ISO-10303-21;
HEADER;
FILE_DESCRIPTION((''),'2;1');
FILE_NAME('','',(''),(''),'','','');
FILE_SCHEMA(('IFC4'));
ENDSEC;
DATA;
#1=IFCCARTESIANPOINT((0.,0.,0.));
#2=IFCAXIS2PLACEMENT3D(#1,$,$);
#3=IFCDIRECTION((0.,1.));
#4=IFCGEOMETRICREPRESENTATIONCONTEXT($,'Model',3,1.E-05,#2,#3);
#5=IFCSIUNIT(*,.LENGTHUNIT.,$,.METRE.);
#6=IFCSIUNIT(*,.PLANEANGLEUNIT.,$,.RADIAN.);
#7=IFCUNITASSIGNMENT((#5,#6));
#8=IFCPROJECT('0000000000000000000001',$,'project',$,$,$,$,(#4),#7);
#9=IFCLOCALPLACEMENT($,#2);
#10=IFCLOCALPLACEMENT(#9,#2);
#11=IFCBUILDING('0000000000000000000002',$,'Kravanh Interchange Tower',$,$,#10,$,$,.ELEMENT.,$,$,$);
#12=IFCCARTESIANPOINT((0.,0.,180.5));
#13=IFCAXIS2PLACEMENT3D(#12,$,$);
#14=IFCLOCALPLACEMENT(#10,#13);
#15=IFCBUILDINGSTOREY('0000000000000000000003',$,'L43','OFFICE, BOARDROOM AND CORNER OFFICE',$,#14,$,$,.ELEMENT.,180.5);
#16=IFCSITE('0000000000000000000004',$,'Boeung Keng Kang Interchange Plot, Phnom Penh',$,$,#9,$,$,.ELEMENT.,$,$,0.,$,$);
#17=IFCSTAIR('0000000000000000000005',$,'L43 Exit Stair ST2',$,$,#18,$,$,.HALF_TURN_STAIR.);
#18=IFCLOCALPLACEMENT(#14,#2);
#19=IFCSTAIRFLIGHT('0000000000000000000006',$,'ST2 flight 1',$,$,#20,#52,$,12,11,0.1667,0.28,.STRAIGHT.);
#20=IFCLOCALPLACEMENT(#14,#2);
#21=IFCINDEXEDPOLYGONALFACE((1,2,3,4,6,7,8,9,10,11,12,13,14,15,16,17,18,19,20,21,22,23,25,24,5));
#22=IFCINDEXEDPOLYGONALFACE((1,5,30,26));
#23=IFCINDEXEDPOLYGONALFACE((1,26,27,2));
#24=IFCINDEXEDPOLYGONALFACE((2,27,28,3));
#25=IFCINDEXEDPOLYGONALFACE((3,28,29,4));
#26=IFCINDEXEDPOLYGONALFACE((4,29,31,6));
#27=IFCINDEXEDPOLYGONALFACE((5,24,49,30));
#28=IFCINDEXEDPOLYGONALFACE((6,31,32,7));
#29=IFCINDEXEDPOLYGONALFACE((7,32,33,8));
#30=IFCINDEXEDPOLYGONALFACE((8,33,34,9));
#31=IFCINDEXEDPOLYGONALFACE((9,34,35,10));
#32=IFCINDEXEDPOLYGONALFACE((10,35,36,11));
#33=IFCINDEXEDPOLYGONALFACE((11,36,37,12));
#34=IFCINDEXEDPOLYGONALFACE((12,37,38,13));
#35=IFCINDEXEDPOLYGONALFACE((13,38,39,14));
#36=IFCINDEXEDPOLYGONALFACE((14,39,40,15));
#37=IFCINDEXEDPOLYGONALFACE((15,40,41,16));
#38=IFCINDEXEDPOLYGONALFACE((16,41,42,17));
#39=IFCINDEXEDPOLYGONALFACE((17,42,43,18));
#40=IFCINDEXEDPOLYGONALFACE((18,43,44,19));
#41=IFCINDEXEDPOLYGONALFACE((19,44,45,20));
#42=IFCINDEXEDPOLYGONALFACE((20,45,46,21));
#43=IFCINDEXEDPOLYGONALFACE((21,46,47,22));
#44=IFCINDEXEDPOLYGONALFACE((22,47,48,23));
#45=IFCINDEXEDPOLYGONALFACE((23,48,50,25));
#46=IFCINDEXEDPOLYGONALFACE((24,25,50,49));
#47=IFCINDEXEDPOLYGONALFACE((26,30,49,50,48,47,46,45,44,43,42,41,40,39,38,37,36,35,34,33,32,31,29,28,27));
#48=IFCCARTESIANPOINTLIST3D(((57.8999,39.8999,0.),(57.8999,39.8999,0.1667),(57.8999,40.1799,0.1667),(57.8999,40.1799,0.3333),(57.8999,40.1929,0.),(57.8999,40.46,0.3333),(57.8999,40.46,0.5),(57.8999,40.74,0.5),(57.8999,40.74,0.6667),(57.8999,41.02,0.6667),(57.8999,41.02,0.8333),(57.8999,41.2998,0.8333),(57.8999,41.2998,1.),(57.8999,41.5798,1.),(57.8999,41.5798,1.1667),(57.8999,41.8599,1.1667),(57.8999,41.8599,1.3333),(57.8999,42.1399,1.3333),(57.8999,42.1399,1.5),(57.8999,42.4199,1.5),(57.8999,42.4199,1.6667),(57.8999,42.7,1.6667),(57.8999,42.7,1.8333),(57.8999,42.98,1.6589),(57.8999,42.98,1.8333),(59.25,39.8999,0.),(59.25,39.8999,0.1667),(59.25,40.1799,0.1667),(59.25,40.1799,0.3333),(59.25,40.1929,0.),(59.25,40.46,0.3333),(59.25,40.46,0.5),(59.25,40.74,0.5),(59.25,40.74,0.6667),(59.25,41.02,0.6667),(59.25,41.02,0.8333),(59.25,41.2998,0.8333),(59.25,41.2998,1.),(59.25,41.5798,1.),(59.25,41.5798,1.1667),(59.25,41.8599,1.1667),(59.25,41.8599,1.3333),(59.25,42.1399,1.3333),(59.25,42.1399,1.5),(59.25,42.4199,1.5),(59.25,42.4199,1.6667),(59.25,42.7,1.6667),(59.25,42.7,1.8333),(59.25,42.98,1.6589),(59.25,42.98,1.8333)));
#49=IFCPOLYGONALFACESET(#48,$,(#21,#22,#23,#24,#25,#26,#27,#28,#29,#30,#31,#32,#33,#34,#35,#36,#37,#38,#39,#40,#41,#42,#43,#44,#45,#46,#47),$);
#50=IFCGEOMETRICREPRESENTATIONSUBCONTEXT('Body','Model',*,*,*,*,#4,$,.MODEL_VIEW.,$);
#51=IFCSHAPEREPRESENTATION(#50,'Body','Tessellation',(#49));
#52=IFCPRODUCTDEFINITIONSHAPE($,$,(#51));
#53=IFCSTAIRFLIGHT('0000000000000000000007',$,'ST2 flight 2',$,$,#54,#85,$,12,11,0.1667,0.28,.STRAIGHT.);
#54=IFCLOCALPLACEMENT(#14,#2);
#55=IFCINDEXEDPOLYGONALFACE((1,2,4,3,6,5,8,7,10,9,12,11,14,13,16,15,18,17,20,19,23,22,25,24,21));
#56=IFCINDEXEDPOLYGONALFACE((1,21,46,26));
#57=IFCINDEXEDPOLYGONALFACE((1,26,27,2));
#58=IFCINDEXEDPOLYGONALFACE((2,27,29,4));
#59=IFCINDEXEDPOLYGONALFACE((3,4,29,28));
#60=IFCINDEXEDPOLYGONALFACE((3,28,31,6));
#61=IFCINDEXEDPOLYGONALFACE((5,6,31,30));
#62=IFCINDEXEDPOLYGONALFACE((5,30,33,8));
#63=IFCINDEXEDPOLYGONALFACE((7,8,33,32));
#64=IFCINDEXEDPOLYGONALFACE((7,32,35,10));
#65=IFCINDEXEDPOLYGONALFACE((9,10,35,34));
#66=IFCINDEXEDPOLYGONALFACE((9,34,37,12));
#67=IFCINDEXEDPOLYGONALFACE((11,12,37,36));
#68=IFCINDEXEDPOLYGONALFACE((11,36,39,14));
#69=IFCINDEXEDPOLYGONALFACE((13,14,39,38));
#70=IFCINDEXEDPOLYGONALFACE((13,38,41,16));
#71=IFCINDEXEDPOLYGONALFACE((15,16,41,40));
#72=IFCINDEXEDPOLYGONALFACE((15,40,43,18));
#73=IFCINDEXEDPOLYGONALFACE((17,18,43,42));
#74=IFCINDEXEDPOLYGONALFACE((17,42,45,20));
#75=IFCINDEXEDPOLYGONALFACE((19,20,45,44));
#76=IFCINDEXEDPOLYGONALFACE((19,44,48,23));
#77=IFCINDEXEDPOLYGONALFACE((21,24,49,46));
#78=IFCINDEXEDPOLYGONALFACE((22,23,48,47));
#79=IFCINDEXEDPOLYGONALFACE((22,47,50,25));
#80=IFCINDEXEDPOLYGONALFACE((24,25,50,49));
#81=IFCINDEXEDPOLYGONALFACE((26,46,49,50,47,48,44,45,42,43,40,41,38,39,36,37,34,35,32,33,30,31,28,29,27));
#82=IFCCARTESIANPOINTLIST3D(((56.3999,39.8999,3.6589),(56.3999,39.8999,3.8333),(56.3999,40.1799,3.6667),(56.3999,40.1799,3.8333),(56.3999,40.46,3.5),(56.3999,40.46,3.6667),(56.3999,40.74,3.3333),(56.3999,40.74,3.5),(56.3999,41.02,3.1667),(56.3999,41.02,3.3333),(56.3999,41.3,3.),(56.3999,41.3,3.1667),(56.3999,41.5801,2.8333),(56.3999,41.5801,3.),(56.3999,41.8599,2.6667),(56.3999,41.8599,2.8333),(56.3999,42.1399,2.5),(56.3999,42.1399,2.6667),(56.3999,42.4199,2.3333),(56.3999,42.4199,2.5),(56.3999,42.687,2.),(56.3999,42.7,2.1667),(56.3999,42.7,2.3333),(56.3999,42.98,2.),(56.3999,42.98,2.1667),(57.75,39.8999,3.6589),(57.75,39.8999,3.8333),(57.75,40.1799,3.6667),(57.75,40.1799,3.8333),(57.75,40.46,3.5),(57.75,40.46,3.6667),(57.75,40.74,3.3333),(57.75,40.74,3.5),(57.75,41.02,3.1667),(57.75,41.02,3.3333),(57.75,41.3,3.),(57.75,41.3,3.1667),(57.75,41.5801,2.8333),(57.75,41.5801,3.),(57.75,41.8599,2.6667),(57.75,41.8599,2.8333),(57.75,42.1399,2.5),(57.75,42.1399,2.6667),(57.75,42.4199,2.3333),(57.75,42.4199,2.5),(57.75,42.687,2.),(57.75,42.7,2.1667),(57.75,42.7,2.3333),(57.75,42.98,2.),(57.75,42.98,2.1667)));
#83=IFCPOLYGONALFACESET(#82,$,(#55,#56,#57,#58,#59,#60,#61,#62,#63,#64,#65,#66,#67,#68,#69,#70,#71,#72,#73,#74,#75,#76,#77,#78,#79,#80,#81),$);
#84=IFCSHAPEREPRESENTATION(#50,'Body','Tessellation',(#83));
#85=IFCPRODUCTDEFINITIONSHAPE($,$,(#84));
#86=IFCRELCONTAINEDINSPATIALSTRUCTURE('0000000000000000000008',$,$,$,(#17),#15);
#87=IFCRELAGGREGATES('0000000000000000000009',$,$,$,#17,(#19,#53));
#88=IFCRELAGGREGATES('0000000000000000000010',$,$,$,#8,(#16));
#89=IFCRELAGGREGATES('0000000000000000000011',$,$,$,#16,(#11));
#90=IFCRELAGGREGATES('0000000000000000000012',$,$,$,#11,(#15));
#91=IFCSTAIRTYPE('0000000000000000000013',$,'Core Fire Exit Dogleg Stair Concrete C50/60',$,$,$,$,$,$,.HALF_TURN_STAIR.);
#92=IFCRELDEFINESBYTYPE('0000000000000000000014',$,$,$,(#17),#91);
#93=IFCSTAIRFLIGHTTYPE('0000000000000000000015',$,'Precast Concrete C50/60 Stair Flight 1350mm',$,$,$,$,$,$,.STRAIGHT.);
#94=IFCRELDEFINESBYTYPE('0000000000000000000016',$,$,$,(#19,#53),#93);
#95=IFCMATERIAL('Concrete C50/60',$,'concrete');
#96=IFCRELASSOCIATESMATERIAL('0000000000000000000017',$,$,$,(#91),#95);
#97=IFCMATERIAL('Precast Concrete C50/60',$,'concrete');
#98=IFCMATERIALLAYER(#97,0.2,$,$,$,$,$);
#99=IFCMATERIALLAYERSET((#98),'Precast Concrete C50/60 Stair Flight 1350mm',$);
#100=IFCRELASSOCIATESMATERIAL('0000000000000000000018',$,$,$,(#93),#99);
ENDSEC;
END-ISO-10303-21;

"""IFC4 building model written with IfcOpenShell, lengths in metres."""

from ifc_helpers import new_model, si_unit, direction, frame, origin, place, context, subcontext, project, spatial, polyline, outline, extrude, material, layer, layer_set, type_object, element, aggregate, save


model = new_model("IFC4")

# Units and contexts
model_context = context("Model", 3, precision=1e-05, world=origin(), true_north=direction((0.0, 1.0)))
body_context = subcontext(model_context, "Body", "Model", "MODEL_VIEW")
ifc_project = project(units=[si_unit("LENGTHUNIT", "METRE"), si_unit("PLANEANGLEUNIT", "RADIAN")], contexts=[model_context])

# Site, building, storey
site_placement = place(None, origin())
site = spatial("IfcSite", under=ifc_project, at=site_placement, Name="Boeung Keng Kang Interchange Plot, Phnom Penh", CompositionType="ELEMENT", RefElevation=0.0)
building_placement = place(site_placement, origin())
building = spatial("IfcBuilding", under=site, at=building_placement, Name="Kravanh Interchange Tower", CompositionType="ELEMENT")
storey_placement = place(building_placement, frame((0.0, 0.0, 180.5)))
storey = spatial("IfcBuildingStorey", under=building, at=storey_placement, Name="L43", Description="OFFICE, BOARDROOM AND CORNER OFFICE", CompositionType="ELEMENT", Elevation=180.5)

# Stair, stair flights
ifc_material_1 = material(Name="Concrete C50/60", Category="concrete")
stair_type = type_object("IfcStairType", Name="Core Fire Exit Dogleg Stair Concrete C50/60", PredefinedType="HALF_TURN_STAIR", material=ifc_material_1)
ifc_material_2 = material(Name="Precast Concrete C50/60", Category="concrete")
ifc_layer_1 = layer(ifc_material_2, 0.2)
ifc_layer_set_1 = layer_set([ifc_layer_1], Name="Precast Concrete C50/60 Stair Flight 1350mm")
stair_flight_type = type_object("IfcStairFlightType", Name="Precast Concrete C50/60 Stair Flight 1350mm", PredefinedType="STRAIGHT", material=ifc_layer_set_1)
stair_1_placement = place(storey_placement, origin())
stair_1 = element("IfcStair", 1, at=stair_1_placement, inside=storey, type_object=stair_type, Name="L43 Exit Stair ST2", PredefinedType="HALF_TURN_STAIR")
stair_flight_1_placement = place(storey_placement, frame((58.575, 39.8999, 0.0), z_axis=(0.0, 0.0, 1.0), x_axis=(0.0, 1.0, 0.0)))
stair_flight_1 = element("IfcStairFlight", 2, at=stair_flight_1_placement, type_object=stair_flight_type, Name="ST2 flight 1", NumberOfRisers=12, NumberOfTreads=11, PredefinedType="STRAIGHT", RiserHeight=0.1667, TreadLength=0.28, context=body_context, shape_type="SweptSolid", body=[
    extrude(outline(polyline([(0.0, 0.0), (0.0, 0.1667), (0.28, 0.1667), (0.28, 0.3333), (0.5601, 0.3333), (0.5601, 0.5), (0.8401, 0.5), (0.8401, 0.6667), (1.1201, 0.6667), (1.1201, 0.8333), (1.3999, 0.8333), (1.3999, 1.0), (1.6799, 1.0), (1.6799, 1.1667), (1.96, 1.1667), (1.96, 1.3333), (2.24, 1.3333), (2.24, 1.5), (2.52, 1.5), (2.52, 1.6667), (2.8, 1.6667), (2.8, 1.8333), (3.0801, 1.8333), (3.0801, 2.0), (3.0801, 1.6589), (0.293, 0.0), (0.0, 0.0)])), frame((0.0, 0.675, 0.0), z_axis=(0.0, -1.0, 0.0), x_axis=(1.0, 0.0, 0.0)), (0.0, 0.0, 1.0), 1.3501),
])
stair_flight_2_placement = place(storey_placement, frame((57.075, 42.98, 2.0), z_axis=(0.0, 0.0, 1.0), x_axis=(0.0, -1.0, 0.0)))
stair_flight_2 = element("IfcStairFlight", 3, at=stair_flight_2_placement, type_object=stair_flight_type, Name="ST2 flight 2", NumberOfRisers=12, NumberOfTreads=11, PredefinedType="STRAIGHT", RiserHeight=0.1667, TreadLength=0.28, context=body_context, shape_type="SweptSolid", body=[
    extrude(outline(polyline([(0.0, 0.0), (0.0, 0.1667), (0.28, 0.1667), (0.28, 0.3333), (0.5601, 0.3333), (0.5601, 0.5), (0.8401, 0.5), (0.8401, 0.6667), (1.1201, 0.6667), (1.1201, 0.8333), (1.3999, 0.8333), (1.3999, 1.0), (1.6799, 1.0), (1.6799, 1.1667), (1.96, 1.1667), (1.96, 1.3333), (2.24, 1.3333), (2.24, 1.5), (2.52, 1.5), (2.52, 1.6667), (2.8, 1.6667), (2.8, 1.8333), (3.0801, 1.8333), (3.0801, 2.0), (3.0801, 1.6589), (0.293, 0.0), (0.0, 0.0)])), frame((0.0, 0.675, 0.0), z_axis=(0.0, -1.0, 0.0), x_axis=(1.0, 0.0, 0.0)), (0.0, 0.0, 1.0), 1.3501),
])
aggregate(stair_1, [stair_flight_1, stair_flight_2])

save(model, "model.ifc")
